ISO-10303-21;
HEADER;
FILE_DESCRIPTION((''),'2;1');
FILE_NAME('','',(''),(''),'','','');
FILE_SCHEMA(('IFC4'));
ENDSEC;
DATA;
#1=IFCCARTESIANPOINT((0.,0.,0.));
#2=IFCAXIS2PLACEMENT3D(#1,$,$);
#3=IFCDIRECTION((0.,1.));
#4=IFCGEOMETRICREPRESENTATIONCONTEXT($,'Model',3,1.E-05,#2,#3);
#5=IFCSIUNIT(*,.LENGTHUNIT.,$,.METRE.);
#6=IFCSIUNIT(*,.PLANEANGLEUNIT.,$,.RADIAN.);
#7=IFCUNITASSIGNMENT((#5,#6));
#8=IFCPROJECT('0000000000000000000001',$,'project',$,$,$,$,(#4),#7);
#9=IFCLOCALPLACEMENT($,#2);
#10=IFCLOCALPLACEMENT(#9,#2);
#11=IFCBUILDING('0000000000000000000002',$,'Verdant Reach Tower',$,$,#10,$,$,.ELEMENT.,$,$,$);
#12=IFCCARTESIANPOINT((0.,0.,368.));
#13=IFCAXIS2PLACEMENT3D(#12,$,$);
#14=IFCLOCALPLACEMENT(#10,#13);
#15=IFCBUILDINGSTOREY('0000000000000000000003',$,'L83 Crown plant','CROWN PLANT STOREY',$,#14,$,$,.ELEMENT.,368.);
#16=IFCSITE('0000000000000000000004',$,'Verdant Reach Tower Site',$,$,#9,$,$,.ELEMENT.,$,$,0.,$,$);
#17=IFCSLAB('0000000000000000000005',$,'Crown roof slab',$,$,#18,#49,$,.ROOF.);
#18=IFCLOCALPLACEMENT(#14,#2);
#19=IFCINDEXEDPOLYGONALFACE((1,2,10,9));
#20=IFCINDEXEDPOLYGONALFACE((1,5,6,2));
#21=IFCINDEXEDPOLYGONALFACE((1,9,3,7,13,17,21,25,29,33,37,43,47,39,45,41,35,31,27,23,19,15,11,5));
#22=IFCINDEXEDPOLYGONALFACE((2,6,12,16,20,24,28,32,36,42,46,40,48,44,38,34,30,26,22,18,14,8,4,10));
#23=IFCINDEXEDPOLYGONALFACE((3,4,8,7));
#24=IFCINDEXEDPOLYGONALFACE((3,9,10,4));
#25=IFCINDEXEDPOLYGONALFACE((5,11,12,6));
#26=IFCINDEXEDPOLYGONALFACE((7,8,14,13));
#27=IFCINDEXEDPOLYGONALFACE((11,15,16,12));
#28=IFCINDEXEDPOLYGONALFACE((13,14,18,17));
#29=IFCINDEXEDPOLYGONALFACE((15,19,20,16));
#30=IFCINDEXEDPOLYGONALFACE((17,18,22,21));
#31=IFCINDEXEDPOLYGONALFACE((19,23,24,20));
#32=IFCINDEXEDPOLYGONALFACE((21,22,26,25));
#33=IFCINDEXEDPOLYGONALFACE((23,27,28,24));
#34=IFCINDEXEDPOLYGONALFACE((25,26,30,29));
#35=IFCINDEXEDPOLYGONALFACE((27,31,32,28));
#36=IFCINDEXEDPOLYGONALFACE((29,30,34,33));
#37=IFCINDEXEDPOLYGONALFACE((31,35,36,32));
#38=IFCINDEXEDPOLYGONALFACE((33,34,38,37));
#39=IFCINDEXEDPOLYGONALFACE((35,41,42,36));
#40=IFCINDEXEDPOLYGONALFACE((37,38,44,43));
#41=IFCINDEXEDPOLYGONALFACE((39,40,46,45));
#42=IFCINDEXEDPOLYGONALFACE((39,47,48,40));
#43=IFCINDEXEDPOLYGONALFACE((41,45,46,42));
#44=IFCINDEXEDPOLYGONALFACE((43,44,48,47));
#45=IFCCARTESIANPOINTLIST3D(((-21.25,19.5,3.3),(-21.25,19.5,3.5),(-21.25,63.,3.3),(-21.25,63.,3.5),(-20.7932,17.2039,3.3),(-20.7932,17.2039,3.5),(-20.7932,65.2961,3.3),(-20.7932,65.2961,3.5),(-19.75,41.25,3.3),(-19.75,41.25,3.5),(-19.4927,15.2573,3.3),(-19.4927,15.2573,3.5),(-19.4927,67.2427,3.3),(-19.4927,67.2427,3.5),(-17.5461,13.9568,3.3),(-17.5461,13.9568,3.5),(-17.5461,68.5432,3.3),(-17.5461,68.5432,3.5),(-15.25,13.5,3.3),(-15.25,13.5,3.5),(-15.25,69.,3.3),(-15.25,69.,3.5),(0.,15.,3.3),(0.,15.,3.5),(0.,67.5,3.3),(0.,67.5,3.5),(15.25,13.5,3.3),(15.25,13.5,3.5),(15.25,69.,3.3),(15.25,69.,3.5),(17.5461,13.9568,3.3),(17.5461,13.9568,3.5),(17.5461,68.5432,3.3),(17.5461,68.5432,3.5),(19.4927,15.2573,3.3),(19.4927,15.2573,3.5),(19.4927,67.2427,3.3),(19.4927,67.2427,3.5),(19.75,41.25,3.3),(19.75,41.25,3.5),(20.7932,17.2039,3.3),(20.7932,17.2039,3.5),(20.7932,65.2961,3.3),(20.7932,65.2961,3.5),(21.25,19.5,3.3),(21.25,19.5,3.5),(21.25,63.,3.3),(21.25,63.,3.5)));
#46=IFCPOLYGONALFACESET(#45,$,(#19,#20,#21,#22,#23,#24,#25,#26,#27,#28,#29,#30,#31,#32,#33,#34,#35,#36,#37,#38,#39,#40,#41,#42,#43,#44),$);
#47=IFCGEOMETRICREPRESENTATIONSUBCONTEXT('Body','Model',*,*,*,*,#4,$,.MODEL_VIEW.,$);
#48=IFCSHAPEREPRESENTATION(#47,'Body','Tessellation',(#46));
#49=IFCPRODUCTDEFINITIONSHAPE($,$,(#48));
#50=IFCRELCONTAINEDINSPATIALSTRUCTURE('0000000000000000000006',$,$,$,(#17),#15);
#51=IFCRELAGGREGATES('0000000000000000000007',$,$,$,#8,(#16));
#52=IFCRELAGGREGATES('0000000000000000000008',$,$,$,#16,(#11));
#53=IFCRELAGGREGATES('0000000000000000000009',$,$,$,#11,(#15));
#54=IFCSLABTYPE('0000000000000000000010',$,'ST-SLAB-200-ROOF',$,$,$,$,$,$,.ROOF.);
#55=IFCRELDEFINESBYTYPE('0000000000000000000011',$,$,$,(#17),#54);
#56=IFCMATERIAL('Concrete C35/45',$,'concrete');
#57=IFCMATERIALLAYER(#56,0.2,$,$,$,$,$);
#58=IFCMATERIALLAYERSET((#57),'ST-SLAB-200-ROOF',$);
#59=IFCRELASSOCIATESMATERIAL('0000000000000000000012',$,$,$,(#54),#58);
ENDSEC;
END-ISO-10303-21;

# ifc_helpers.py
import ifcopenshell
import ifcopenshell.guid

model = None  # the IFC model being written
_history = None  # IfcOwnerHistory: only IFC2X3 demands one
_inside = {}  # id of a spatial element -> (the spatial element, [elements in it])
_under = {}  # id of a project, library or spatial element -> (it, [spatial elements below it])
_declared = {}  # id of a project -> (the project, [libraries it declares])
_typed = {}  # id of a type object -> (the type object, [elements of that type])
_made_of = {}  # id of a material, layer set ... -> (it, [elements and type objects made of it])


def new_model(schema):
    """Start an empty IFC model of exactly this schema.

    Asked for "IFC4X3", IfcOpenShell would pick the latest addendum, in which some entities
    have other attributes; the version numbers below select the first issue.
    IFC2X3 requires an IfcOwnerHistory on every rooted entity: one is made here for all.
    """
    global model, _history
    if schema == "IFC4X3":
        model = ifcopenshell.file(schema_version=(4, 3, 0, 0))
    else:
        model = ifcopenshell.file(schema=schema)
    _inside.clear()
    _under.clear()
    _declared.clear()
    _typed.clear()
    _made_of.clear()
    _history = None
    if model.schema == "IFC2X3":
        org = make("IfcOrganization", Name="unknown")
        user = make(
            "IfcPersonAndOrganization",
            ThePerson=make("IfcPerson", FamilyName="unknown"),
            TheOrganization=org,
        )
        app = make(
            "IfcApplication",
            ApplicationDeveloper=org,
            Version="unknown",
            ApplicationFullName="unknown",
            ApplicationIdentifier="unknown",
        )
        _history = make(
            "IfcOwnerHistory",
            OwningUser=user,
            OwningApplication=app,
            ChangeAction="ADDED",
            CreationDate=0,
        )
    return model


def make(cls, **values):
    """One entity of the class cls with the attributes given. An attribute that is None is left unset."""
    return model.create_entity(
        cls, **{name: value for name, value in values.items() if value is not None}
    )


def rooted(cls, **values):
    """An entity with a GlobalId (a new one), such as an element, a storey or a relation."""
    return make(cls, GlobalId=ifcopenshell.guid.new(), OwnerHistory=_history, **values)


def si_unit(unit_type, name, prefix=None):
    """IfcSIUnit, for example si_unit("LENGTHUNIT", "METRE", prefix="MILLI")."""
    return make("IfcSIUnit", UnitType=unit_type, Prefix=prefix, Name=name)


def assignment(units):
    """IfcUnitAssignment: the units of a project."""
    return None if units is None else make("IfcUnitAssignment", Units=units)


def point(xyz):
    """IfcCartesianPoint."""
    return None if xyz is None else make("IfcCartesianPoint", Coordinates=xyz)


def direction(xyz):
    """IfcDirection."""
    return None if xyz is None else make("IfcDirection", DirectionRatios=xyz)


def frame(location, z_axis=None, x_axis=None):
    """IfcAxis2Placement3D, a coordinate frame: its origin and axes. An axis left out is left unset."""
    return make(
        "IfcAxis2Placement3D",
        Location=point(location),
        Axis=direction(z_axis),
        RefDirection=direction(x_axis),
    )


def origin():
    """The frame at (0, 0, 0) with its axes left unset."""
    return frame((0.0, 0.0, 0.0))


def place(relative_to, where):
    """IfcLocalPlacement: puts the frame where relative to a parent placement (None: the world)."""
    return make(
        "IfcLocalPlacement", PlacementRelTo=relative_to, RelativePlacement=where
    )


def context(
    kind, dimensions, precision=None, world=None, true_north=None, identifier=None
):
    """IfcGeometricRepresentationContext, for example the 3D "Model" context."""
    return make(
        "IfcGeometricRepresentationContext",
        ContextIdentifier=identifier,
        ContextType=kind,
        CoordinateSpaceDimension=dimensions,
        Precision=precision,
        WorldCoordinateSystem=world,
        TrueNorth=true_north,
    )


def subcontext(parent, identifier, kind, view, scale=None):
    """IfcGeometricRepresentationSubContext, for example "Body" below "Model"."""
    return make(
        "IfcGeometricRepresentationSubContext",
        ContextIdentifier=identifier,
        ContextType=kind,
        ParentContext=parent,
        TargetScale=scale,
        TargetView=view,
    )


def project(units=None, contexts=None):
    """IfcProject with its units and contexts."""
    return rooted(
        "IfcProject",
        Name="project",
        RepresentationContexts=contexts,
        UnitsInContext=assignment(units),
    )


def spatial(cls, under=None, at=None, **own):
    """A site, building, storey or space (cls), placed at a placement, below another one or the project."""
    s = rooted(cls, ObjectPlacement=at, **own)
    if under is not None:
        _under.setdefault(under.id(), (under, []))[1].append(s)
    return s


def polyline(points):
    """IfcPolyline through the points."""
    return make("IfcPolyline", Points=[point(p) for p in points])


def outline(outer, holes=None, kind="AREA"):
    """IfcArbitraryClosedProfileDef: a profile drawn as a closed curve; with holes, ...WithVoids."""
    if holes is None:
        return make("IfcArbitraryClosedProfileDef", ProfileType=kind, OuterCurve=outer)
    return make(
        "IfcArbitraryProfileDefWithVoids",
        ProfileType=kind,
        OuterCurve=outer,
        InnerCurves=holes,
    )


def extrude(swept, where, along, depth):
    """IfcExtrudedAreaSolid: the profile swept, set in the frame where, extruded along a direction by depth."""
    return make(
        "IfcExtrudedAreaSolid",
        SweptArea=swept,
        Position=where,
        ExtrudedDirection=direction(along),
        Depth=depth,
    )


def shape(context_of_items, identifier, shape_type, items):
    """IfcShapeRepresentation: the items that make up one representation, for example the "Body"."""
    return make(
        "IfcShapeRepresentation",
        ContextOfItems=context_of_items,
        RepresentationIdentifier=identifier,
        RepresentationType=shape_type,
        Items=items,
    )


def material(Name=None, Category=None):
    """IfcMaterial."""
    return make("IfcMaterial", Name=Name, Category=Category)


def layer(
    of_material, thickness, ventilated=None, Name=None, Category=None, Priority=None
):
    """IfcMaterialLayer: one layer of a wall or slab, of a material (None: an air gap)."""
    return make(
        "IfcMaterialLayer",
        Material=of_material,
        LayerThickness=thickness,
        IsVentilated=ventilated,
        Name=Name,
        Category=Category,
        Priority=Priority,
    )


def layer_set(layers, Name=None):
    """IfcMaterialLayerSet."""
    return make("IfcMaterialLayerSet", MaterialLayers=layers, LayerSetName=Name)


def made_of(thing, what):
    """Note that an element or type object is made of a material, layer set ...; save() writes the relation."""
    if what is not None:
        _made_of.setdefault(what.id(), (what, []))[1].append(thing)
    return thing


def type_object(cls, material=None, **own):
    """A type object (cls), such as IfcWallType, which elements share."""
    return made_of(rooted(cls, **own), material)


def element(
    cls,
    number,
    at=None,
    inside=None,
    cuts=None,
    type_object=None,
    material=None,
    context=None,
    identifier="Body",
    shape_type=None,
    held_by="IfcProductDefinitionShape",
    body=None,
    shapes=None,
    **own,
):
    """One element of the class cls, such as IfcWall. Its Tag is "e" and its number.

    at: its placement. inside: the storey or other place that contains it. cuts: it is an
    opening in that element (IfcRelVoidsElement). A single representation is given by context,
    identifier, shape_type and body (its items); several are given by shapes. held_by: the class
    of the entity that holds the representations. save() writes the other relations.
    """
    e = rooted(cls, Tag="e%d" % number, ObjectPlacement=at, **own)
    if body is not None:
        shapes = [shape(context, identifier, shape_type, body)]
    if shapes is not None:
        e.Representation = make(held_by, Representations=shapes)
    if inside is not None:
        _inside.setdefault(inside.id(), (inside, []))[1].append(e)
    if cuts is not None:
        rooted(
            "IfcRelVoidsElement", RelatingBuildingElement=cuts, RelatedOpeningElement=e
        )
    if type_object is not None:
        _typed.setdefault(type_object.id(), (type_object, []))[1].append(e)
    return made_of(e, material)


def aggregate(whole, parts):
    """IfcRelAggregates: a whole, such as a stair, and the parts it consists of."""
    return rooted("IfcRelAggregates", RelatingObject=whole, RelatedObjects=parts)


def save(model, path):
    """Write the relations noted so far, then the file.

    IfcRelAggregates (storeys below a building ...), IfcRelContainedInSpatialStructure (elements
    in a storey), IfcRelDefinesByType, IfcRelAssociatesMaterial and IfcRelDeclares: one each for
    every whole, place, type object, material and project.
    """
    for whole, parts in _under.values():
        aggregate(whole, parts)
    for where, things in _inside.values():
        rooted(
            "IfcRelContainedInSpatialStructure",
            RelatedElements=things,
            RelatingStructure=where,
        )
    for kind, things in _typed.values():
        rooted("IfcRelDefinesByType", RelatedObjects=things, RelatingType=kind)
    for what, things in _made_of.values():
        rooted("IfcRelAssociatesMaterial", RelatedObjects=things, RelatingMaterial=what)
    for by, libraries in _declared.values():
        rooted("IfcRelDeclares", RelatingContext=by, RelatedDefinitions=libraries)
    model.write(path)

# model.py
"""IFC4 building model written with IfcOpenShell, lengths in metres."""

from ifc_helpers import new_model, si_unit, direction, frame, origin, place, context, subcontext, project, spatial, polyline, outline, extrude, material, layer, layer_set, type_object, element, save


model = new_model("IFC4")

# Units and contexts
model_context = context("Model", 3, precision=1e-05, world=origin(), true_north=direction((0.0, 1.0)))
body_context = subcontext(model_context, "Body", "Model", "MODEL_VIEW")
ifc_project = project(units=[si_unit("LENGTHUNIT", "METRE"), si_unit("PLANEANGLEUNIT", "RADIAN")], contexts=[model_context])

# Site, building, storey
site_placement = place(None, origin())
site = spatial("IfcSite", under=ifc_project, at=site_placement, Name="Verdant Reach Tower Site", CompositionType="ELEMENT", RefElevation=0.0)
building_placement = place(site_placement, origin())
building = spatial("IfcBuilding", under=site, at=building_placement, Name="Verdant Reach Tower", CompositionType="ELEMENT")
storey_placement = place(building_placement, frame((0.0, 0.0, 368.0)))
storey = spatial("IfcBuildingStorey", under=building, at=storey_placement, Name="L83 Crown plant", Description="CROWN PLANT STOREY", CompositionType="ELEMENT", Elevation=368.0)

# Slab
ifc_material_1 = material(Name="Concrete C35/45", Category="concrete")
ifc_layer_1 = layer(ifc_material_1, 0.2)
ifc_layer_set_1 = layer_set([ifc_layer_1], Name="ST-SLAB-200-ROOF")
slab_type_1 = type_object("IfcSlabType", Name="ST-SLAB-200-ROOF", PredefinedType="ROOF", material=ifc_layer_set_1)
slab_1_placement = place(storey_placement, frame((0.0, 0.0, 3.3)))
element("IfcSlab", 1, at=slab_1_placement, inside=storey, type_object=slab_type_1, Name="Crown roof slab", PredefinedType="ROOF", context=body_context, shape_type="SweptSolid", body=[
    extrude(outline(polyline([(15.25, 13.5), (17.5461, 13.9568), (19.4927, 15.2573), (20.7932, 17.2039), (21.25, 19.5), (19.75, 41.25), (21.25, 63.0), (20.7932, 65.2961), (19.4927, 67.2427), (17.5461, 68.5432), (15.25, 69.0), (0.0, 67.5), (-15.25, 69.0), (-17.5461, 68.5432), (-19.4927, 67.2427), (-20.7932, 65.2961), (-21.25, 63.0), (-19.75, 41.25), (-21.25, 19.5), (-20.7932, 17.2039), (-19.4927, 15.2573), (-17.5461, 13.9568), (-15.25, 13.5), (0.0, 15.0), (15.25, 13.5)])), origin(), (0.0, 0.0, 1.0), 0.2),
])

save(model, "model.ifc")
